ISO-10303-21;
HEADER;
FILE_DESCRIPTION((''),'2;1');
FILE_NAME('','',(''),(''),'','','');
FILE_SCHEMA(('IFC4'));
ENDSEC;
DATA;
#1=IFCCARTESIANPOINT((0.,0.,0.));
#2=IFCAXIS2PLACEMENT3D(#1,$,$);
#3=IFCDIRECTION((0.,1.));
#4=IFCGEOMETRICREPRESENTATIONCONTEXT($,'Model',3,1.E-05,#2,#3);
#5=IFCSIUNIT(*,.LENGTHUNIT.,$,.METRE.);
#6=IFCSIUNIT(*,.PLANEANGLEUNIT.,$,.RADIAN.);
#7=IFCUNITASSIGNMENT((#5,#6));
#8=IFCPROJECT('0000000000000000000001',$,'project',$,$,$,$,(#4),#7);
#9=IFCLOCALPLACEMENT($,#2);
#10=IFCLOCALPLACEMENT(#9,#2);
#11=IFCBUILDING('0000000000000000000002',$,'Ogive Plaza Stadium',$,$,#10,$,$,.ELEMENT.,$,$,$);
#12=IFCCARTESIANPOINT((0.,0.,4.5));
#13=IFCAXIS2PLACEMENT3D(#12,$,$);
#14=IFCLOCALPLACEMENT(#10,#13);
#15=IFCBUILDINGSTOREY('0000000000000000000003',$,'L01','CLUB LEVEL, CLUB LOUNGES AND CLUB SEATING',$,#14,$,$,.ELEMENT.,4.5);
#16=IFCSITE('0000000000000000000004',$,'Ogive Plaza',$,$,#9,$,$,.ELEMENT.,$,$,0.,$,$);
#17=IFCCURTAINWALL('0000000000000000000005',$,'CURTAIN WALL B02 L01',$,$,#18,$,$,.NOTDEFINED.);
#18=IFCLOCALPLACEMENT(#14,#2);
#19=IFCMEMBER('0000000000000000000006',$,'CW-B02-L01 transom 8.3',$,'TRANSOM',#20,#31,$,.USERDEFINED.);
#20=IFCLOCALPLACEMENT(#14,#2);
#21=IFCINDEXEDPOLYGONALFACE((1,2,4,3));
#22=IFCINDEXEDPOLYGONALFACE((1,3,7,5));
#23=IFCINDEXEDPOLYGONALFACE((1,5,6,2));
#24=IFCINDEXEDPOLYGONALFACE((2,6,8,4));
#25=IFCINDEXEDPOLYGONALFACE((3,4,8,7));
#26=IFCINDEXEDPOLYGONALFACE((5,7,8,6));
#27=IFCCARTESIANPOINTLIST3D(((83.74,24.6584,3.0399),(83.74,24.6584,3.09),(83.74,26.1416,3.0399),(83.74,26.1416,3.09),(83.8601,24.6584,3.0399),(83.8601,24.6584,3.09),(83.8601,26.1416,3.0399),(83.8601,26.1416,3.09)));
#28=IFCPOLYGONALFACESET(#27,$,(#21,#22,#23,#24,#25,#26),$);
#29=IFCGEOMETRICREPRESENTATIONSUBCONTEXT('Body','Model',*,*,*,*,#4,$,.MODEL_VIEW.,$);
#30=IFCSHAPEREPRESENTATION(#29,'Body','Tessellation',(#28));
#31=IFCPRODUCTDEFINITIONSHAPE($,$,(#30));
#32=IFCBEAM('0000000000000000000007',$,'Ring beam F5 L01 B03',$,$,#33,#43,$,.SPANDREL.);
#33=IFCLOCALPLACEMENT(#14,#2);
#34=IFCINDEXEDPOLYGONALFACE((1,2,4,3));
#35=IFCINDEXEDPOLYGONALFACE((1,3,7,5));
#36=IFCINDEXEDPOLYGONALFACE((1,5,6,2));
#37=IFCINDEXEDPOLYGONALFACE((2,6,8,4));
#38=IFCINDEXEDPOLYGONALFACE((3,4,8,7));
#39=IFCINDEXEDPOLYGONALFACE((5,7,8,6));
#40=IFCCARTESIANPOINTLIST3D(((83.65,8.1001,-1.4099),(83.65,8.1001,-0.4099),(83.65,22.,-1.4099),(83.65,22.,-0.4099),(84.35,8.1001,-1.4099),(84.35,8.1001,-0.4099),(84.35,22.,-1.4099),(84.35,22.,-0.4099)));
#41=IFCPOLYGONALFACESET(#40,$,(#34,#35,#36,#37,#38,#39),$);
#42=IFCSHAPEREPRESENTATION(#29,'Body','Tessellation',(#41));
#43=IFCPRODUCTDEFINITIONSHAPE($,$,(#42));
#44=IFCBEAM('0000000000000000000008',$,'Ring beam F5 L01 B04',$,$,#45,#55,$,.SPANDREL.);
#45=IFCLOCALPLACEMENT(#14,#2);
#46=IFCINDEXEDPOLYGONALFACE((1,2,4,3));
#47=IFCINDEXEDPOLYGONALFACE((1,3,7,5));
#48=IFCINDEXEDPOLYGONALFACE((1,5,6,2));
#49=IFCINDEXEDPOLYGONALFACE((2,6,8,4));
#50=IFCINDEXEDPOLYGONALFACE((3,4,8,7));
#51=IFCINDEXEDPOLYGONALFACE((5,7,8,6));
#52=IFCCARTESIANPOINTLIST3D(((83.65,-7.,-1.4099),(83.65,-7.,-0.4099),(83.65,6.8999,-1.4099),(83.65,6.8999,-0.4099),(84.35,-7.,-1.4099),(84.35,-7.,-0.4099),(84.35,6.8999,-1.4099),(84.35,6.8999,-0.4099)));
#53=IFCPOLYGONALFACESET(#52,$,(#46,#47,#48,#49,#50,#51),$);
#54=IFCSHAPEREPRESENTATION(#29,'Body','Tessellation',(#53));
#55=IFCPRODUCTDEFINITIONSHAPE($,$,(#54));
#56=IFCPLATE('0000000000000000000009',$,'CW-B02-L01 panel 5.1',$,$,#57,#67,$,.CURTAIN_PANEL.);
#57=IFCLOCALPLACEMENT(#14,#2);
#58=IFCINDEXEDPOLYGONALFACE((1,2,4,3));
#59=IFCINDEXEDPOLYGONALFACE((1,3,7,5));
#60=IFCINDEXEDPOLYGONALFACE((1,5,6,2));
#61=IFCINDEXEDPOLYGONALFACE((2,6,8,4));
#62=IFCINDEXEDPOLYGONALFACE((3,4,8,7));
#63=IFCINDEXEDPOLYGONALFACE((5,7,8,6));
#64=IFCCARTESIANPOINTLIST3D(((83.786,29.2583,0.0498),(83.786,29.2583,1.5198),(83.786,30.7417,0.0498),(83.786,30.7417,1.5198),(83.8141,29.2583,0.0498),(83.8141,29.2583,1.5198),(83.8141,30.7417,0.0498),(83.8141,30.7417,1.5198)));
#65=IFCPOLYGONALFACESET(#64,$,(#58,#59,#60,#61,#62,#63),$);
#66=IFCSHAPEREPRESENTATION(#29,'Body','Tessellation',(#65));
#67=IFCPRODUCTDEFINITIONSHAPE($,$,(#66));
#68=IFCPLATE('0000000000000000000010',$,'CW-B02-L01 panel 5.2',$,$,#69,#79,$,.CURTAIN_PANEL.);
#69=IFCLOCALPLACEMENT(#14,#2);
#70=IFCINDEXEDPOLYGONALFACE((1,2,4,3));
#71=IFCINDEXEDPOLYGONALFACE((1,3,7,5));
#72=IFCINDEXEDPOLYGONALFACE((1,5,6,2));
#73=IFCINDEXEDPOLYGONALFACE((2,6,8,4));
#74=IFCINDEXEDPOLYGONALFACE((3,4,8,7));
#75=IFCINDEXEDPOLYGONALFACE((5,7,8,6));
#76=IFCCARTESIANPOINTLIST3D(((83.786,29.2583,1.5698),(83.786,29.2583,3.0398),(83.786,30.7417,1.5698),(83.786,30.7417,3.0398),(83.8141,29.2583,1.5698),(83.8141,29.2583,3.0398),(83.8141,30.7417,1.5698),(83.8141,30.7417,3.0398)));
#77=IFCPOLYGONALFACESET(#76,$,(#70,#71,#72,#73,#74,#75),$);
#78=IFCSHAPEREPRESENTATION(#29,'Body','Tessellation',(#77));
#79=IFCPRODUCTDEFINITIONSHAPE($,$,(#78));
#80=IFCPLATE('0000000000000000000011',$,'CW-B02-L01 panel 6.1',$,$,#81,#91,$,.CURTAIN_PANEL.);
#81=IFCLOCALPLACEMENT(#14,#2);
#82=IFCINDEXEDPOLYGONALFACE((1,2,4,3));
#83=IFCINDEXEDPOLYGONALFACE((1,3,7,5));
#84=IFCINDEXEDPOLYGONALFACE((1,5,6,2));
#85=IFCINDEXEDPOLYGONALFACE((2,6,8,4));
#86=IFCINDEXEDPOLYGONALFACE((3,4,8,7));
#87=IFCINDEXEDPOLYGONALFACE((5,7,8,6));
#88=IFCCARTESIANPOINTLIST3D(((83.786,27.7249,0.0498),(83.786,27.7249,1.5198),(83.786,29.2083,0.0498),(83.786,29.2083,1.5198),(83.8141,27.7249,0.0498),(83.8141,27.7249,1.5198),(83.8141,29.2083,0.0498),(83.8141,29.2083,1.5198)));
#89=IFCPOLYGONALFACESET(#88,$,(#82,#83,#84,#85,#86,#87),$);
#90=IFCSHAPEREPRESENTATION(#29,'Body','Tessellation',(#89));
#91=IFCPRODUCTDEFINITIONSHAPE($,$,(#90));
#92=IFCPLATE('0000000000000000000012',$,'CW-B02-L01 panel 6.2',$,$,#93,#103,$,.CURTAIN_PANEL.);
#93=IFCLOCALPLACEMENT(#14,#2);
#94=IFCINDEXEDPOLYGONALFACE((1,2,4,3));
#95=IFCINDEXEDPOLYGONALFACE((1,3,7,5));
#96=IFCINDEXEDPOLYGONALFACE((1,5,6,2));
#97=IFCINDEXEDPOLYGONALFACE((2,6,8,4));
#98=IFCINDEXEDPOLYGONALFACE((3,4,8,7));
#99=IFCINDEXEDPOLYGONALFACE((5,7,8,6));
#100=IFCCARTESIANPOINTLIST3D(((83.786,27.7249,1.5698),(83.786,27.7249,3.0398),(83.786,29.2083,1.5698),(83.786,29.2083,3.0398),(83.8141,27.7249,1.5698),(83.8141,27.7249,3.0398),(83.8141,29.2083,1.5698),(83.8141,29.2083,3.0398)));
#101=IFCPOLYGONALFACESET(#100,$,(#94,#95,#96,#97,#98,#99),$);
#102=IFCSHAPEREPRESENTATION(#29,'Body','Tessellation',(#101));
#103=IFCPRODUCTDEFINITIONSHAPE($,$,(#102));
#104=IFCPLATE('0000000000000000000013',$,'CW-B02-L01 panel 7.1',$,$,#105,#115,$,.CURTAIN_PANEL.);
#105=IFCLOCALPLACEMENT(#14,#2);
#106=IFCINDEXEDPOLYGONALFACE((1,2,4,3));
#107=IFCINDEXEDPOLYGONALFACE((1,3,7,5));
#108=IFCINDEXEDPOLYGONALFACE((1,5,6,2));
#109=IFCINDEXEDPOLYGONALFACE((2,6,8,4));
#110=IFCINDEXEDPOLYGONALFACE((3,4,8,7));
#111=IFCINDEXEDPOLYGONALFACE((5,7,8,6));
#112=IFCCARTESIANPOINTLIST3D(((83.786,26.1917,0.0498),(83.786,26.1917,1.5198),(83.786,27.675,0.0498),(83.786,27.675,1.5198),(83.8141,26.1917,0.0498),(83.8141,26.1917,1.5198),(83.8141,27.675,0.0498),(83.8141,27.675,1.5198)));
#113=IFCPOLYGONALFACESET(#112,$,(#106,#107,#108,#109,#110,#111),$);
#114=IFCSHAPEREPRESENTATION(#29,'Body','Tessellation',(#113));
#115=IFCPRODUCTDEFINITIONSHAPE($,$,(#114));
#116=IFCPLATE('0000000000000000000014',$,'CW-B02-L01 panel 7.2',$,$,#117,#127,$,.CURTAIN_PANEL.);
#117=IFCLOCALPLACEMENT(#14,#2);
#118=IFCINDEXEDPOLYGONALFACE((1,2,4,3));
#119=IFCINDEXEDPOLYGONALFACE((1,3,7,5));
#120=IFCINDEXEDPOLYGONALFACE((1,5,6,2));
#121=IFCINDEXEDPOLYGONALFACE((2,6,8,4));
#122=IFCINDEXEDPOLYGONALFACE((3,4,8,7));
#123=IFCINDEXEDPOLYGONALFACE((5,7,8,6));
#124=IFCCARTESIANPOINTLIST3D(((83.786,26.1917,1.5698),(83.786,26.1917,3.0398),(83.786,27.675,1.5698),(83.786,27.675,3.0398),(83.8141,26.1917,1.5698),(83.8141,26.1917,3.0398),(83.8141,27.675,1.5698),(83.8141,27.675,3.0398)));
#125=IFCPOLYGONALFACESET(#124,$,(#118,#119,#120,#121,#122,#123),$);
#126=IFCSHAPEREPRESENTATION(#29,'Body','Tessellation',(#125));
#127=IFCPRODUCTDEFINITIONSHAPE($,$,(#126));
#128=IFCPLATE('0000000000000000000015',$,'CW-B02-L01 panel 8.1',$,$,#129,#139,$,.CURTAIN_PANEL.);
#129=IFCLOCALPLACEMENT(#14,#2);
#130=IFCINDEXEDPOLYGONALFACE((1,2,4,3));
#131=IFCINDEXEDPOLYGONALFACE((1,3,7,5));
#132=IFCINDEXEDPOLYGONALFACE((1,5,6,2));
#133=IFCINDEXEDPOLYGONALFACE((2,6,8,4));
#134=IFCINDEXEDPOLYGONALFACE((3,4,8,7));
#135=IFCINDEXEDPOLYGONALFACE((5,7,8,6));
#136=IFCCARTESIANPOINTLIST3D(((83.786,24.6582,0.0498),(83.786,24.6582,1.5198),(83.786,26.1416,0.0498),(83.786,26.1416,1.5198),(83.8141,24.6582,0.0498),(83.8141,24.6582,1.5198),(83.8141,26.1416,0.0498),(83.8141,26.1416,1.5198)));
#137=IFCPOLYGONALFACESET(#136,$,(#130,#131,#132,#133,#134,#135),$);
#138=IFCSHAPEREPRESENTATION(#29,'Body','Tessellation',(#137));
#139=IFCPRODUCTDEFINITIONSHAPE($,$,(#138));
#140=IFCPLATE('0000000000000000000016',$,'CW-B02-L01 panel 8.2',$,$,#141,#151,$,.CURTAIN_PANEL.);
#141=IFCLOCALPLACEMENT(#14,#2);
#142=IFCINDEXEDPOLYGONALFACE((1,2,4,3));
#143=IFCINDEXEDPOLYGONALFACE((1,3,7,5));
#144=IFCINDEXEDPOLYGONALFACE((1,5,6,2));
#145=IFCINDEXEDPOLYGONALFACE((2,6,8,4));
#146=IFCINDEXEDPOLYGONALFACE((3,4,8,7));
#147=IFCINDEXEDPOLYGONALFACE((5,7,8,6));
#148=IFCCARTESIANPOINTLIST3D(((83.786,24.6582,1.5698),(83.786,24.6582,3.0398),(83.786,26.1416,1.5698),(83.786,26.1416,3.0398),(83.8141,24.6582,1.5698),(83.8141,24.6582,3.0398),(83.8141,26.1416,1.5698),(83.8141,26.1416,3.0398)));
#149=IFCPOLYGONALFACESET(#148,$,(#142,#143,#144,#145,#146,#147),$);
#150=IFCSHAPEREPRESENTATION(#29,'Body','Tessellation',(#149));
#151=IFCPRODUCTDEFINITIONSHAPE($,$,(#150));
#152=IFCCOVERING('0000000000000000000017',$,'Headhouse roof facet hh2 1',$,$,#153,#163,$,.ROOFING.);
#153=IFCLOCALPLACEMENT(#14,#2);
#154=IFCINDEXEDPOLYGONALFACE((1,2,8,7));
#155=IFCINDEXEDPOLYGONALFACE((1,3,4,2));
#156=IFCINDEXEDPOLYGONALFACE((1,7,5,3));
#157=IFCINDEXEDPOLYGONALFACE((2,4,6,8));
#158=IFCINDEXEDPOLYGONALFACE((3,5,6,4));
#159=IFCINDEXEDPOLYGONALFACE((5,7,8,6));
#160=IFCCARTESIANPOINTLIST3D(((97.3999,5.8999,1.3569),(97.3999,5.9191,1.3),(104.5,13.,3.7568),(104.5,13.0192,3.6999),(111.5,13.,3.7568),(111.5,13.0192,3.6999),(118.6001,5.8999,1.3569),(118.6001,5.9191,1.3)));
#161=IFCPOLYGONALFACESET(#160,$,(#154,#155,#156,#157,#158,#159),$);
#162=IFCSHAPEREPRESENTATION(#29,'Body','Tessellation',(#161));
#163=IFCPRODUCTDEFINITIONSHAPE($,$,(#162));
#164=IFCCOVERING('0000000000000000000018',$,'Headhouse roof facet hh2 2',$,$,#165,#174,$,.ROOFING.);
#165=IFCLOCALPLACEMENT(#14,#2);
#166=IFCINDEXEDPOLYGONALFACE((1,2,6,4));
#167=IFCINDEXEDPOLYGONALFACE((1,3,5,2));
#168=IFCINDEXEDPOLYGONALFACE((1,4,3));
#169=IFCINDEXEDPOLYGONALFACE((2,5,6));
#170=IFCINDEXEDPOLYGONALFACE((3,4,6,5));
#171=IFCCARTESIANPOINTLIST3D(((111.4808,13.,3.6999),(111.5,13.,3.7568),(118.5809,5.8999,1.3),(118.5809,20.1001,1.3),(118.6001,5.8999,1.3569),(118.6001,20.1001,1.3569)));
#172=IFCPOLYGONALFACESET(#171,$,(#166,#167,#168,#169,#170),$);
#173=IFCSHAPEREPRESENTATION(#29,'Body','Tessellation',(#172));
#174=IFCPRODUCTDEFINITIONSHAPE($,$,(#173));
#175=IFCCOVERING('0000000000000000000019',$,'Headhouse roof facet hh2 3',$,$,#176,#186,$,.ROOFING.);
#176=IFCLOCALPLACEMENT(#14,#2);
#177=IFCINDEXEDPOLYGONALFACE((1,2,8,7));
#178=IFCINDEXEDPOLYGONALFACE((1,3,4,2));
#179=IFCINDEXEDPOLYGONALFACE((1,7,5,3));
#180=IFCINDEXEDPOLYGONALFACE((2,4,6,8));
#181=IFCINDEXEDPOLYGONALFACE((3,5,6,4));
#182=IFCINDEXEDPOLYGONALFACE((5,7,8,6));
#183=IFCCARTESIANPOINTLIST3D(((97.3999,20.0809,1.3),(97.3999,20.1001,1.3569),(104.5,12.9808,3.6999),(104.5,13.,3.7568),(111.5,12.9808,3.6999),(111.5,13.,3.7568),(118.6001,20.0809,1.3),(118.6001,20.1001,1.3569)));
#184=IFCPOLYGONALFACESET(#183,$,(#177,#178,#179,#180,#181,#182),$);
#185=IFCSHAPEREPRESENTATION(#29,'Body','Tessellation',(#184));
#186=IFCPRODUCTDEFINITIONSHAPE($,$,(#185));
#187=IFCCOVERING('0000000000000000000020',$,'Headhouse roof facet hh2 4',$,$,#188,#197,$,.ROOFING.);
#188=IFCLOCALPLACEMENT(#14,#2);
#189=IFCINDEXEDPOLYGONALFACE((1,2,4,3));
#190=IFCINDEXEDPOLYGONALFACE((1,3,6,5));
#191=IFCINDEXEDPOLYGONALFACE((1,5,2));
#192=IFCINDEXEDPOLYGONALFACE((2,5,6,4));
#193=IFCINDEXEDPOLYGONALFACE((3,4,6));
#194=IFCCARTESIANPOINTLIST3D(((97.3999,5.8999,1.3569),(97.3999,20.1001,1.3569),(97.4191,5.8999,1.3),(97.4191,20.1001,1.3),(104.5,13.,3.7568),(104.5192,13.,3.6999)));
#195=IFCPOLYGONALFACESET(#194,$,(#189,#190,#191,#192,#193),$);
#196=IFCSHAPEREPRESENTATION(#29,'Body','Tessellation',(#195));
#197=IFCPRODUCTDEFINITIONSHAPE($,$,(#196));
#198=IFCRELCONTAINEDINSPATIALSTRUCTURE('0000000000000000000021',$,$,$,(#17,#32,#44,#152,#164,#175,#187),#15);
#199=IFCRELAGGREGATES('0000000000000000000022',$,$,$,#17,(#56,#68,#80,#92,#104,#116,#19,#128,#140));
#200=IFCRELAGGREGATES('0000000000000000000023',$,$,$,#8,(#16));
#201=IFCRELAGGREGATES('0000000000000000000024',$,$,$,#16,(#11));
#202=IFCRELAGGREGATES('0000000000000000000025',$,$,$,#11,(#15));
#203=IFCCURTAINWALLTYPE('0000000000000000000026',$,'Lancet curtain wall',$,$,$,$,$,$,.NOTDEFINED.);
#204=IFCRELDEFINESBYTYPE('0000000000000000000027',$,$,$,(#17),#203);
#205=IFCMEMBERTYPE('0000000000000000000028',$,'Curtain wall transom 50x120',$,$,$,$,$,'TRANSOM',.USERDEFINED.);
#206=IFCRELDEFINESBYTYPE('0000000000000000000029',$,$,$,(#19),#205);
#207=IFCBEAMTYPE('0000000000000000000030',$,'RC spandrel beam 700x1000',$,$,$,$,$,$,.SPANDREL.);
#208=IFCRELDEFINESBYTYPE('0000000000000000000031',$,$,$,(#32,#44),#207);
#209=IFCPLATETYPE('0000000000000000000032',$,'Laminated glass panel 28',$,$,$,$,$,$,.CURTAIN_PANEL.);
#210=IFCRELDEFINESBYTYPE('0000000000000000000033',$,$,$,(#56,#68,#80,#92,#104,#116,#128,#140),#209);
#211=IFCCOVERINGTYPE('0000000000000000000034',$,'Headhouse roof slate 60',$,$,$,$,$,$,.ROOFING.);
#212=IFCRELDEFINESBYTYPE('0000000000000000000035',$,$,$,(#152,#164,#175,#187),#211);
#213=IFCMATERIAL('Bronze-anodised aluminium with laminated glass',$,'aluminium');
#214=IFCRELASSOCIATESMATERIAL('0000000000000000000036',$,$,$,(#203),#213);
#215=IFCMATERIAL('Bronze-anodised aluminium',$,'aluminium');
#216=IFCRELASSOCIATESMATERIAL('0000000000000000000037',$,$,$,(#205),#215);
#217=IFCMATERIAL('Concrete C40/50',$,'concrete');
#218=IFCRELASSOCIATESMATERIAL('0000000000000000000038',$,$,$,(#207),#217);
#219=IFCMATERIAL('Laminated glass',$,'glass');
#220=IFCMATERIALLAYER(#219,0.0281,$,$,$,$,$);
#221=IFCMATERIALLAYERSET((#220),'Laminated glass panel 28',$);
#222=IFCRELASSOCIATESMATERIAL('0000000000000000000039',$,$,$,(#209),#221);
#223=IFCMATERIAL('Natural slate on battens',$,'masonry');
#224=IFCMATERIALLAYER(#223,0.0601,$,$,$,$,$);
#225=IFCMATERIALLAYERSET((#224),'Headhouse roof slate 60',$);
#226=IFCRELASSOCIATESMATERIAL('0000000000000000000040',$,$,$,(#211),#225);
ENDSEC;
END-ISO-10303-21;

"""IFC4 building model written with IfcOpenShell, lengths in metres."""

from ifc_helpers import new_model, si_unit, direction, frame, origin, origin_2d, place, context, subcontext, project, spatial, polyline, rectangle, outline, extrude, material, layer, layer_set, material_profile, profile_set, type_object, element, aggregate, save


model = new_model("IFC4")

# Units and contexts
model_context = context("Model", 3, precision=1e-05, world=origin(), true_north=direction((0.0, 1.0)))
body_context = subcontext(model_context, "Body", "Model", "MODEL_VIEW")
ifc_project = project(units=[si_unit("LENGTHUNIT", "METRE"), si_unit("PLANEANGLEUNIT", "RADIAN")], contexts=[model_context])

# Site, building, storey
site_placement = place(None, origin())
site = spatial("IfcSite", under=ifc_project, at=site_placement, Name="Ogive Plaza", CompositionType="ELEMENT", RefElevation=0.0)
building_placement = place(site_placement, origin())
building = spatial("IfcBuilding", under=site, at=building_placement, Name="Ogive Plaza Stadium", CompositionType="ELEMENT")
storey_placement = place(building_placement, frame((0.0, 0.0, 4.5)))
storey = spatial("IfcBuildingStorey", under=building, at=storey_placement, Name="L01", Description="CLUB LEVEL, CLUB LOUNGES AND CLUB SEATING", CompositionType="ELEMENT", Elevation=4.5)

# Curtain wall, member
ifc_material_1 = material(Name="Bronze-anodised aluminium with laminated glass", Category="aluminium")
curtain_wall_type = type_object("IfcCurtainWallType", Name="Lancet curtain wall", PredefinedType="NOTDEFINED", material=ifc_material_1)
curtain_wall_placement = place(storey_placement, origin())
curtain_wall = element("IfcCurtainWall", 1, at=curtain_wall_placement, inside=storey, type_object=curtain_wall_type, Name="CURTAIN WALL B02 L01", PredefinedType="NOTDEFINED")
ifc_material_2 = material(Name="Bronze-anodised aluminium", Category="aluminium")
ifc_material_profile_1 = material_profile(ifc_material_2, rectangle(XDim=0.1201, YDim=0.05, at=origin_2d()), Name="AL 120x50")
ifc_profile_set_1 = profile_set([ifc_material_profile_1], Name="Bronze-anodised aluminium")
member_type_1 = type_object("IfcMemberType", Name="Curtain wall transom 50x120", ElementType="TRANSOM", PredefinedType="USERDEFINED", material=ifc_profile_set_1)
member_1_placement = place(storey_placement, frame((83.8, 26.1416, 3.0649), z_axis=(0.0, -1.0, 0.0), x_axis=(1.0, 0.0, 0.0)))
member_1 = element("IfcMember", 2, at=member_1_placement, type_object=member_type_1, Name="CW-B02-L01 transom 8.3", ObjectType="TRANSOM", PredefinedType="USERDEFINED", context=body_context, shape_type="SweptSolid", body=[
    extrude(rectangle(XDim=0.1201, YDim=0.05, at=origin_2d()), origin(), (0.0, 0.0, 1.0), 1.4832),
])

# Beams
ifc_material_3 = material(Name="Concrete C40/50", Category="concrete")
ifc_material_profile_2 = material_profile(ifc_material_3, rectangle(XDim=0.7, YDim=1.0, at=origin_2d()), Name="RC 700x1000")
ifc_profile_set_2 = profile_set([ifc_material_profile_2], Name="Concrete C40/50")
beam_type = type_object("IfcBeamType", Name="RC spandrel beam 700x1000", PredefinedType="SPANDREL", material=ifc_profile_set_2)
for number, where, z_axis, x_axis, name in (
    (3, (84.0, 22.0, -0.9099), (0.0, -1.0, 0.0), (1.0, 0.0, 0.0), "Ring beam F5 L01 B03"),
    (4, (84.0, 6.8999, -0.9099), (0.0, -1.0, 0.0), (1.0, 0.0, 0.0), "Ring beam F5 L01 B04"),
):
    element("IfcBeam", number, at=place(storey_placement, frame(where, z_axis=z_axis, x_axis=x_axis)), inside=storey, type_object=beam_type, Name=name, PredefinedType="SPANDREL", context=body_context, shape_type="SweptSolid", body=[
        extrude(rectangle(XDim=0.7, YDim=1.0, at=origin_2d()), origin(), (0.0, 0.0, 1.0), 13.8999),
    ])

# Plates
ifc_material_4 = material(Name="Laminated glass", Category="glass")
ifc_layer_1 = layer(ifc_material_4, 0.0281)
ifc_layer_set_1 = layer_set([ifc_layer_1], Name="Laminated glass panel 28")
plate_type = type_object("IfcPlateType", Name="Laminated glass panel 28", PredefinedType="CURTAIN_PANEL", material=ifc_layer_set_1)
plate_1_placement = place(storey_placement, frame((83.8, 30.0, 0.0498), z_axis=(0.0, 0.0, 1.0), x_axis=(0.0, -1.0, 0.0)))
plate_1 = element("IfcPlate", 5, at=plate_1_placement, type_object=plate_type, Name="CW-B02-L01 panel 5.1", PredefinedType="CURTAIN_PANEL", context=body_context, shape_type="SweptSolid", body=[
    extrude(rectangle(XDim=1.4834, YDim=0.0281, at=origin_2d()), origin(), (0.0, 0.0, 1.0), 1.47),
])
plate_2_placement = place(storey_placement, frame((83.8, 30.0, 1.5698), z_axis=(0.0, 0.0, 1.0), x_axis=(0.0, -1.0, 0.0)))
plate_2 = element("IfcPlate", 6, at=plate_2_placement, type_object=plate_type, Name="CW-B02-L01 panel 5.2", PredefinedType="CURTAIN_PANEL", context=body_context, shape_type="SweptSolid", body=[
    extrude(rectangle(XDim=1.4834, YDim=0.0281, at=origin_2d()), origin(), (0.0, 0.0, 1.0), 1.47),
])
plate_3_placement = place(storey_placement, frame((83.8, 28.4666, 0.0498), z_axis=(0.0, 0.0, 1.0), x_axis=(0.0, -1.0, 0.0)))
plate_3 = element("IfcPlate", 7, at=plate_3_placement, type_object=plate_type, Name="CW-B02-L01 panel 6.1", PredefinedType="CURTAIN_PANEL", context=body_context, shape_type="SweptSolid", body=[
    extrude(rectangle(XDim=1.4834, YDim=0.0281, at=origin_2d()), origin(), (0.0, 0.0, 1.0), 1.47),
])
plate_4_placement = place(storey_placement, frame((83.8, 28.4666, 1.5698), z_axis=(0.0, 0.0, 1.0), x_axis=(0.0, -1.0, 0.0)))
plate_4 = element("IfcPlate", 8, at=plate_4_placement, type_object=plate_type, Name="CW-B02-L01 panel 6.2", PredefinedType="CURTAIN_PANEL", context=body_context, shape_type="SweptSolid", body=[
    extrude(rectangle(XDim=1.4834, YDim=0.0281, at=origin_2d()), origin(), (0.0, 0.0, 1.0), 1.47),
])
plate_5_placement = place(storey_placement, frame((83.8, 26.9333, 0.0498), z_axis=(0.0, 0.0, 1.0), x_axis=(0.0, -1.0, 0.0)))
plate_5 = element("IfcPlate", 9, at=plate_5_placement, type_object=plate_type, Name="CW-B02-L01 panel 7.1", PredefinedType="CURTAIN_PANEL", context=body_context, shape_type="SweptSolid", body=[
    extrude(rectangle(XDim=1.4834, YDim=0.0281, at=origin_2d()), origin(), (0.0, 0.0, 1.0), 1.47),
])
plate_6_placement = place(storey_placement, frame((83.8, 26.9333, 1.5698), z_axis=(0.0, 0.0, 1.0), x_axis=(0.0, -1.0, 0.0)))
plate_6 = element("IfcPlate", 10, at=plate_6_placement, type_object=plate_type, Name="CW-B02-L01 panel 7.2", PredefinedType="CURTAIN_PANEL", context=body_context, shape_type="SweptSolid", body=[
    extrude(rectangle(XDim=1.4834, YDim=0.0281, at=origin_2d()), origin(), (0.0, 0.0, 1.0), 1.47),
])
plate_7_placement = place(storey_placement, frame((83.8, 25.3999, 0.0498), z_axis=(0.0, 0.0, 1.0), x_axis=(0.0, -1.0, 0.0)))
plate_7 = element("IfcPlate", 11, at=plate_7_placement, type_object=plate_type, Name="CW-B02-L01 panel 8.1", PredefinedType="CURTAIN_PANEL", context=body_context, shape_type="SweptSolid", body=[
    extrude(rectangle(XDim=1.4834, YDim=0.0281, at=origin_2d()), origin(), (0.0, 0.0, 1.0), 1.47),
])
plate_8_placement = place(storey_placement, frame((83.8, 25.3999, 1.5698), z_axis=(0.0, 0.0, 1.0), x_axis=(0.0, -1.0, 0.0)))
plate_8 = element("IfcPlate", 12, at=plate_8_placement, type_object=plate_type, Name="CW-B02-L01 panel 8.2", PredefinedType="CURTAIN_PANEL", context=body_context, shape_type="SweptSolid", body=[
    extrude(rectangle(XDim=1.4834, YDim=0.0281, at=origin_2d()), origin(), (0.0, 0.0, 1.0), 1.47),
])
aggregate(curtain_wall, [plate_1, plate_2, plate_3, plate_4, plate_5, plate_6, member_1, plate_7, plate_8])

# Coverings
ifc_material_5 = material(Name="Natural slate on battens", Category="masonry")
ifc_layer_2 = layer(ifc_material_5, 0.0601)
ifc_layer_set_2 = layer_set([ifc_layer_2], Name="Headhouse roof slate 60")
covering_type = type_object("IfcCoveringType", Name="Headhouse roof slate 60", PredefinedType="ROOFING", material=ifc_layer_set_2)
covering_1_placement = place(storey_placement, frame((97.3999, 5.8999, 1.3569), z_axis=(0.0, -0.320212, 0.947346), x_axis=(1.0, 0.0, 0.0)))
element("IfcCovering", 13, at=covering_1_placement, inside=storey, type_object=covering_type, Name="Headhouse roof facet hh2 1", PredefinedType="ROOFING", context=body_context, shape_type="SweptSolid", body=[
    extrude(outline(polyline([(0.0, 0.0), (21.2002, 0.0), (14.1001, 7.4947), (7.1001, 7.4947), (0.0, 0.0)])), origin(), (0.0, 0.0, -1.0), 0.0601),
])
covering_2_placement = place(storey_placement, frame((118.6001, 5.8999, 1.3569), z_axis=(0.320212, 0.0, 0.947346), x_axis=(0.0, 1.0, 0.0)))
element("IfcCovering", 14, at=covering_2_placement, inside=storey, type_object=covering_type, Name="Headhouse roof facet hh2 2", PredefinedType="ROOFING", context=body_context, shape_type="SweptSolid", body=[
    extrude(outline(polyline([(0.0, 0.0), (14.2002, 0.0), (7.1001, 7.4947), (0.0, 0.0)])), origin(), (0.0, 0.0, -1.0), 0.0601),
])
covering_3_placement = place(storey_placement, frame((118.6001, 20.1001, 1.3569), z_axis=(0.0, 0.320212, 0.947346), x_axis=(-1.0, 0.0, 0.0)))
element("IfcCovering", 15, at=covering_3_placement, inside=storey, type_object=covering_type, Name="Headhouse roof facet hh2 3", PredefinedType="ROOFING", context=body_context, shape_type="SweptSolid", body=[
    extrude(outline(polyline([(0.0, 0.0), (21.2002, 0.0), (14.1001, 7.4947), (7.1001, 7.4947), (0.0, 0.0)])), origin(), (0.0, 0.0, -1.0), 0.0601),
])
covering_4_placement = place(storey_placement, frame((97.3999, 20.1001, 1.3569), z_axis=(-0.320212, 0.0, 0.947346), x_axis=(0.0, -1.0, 0.0)))
element("IfcCovering", 16, at=covering_4_placement, inside=storey, type_object=covering_type, Name="Headhouse roof facet hh2 4", PredefinedType="ROOFING", context=body_context, shape_type="SweptSolid", body=[
    extrude(outline(polyline([(0.0, 0.0), (14.2002, 0.0), (7.1001, 7.4947), (0.0, 0.0)])), origin(), (0.0, 0.0, -1.0), 0.0601),
])

save(model, "model.ifc")
